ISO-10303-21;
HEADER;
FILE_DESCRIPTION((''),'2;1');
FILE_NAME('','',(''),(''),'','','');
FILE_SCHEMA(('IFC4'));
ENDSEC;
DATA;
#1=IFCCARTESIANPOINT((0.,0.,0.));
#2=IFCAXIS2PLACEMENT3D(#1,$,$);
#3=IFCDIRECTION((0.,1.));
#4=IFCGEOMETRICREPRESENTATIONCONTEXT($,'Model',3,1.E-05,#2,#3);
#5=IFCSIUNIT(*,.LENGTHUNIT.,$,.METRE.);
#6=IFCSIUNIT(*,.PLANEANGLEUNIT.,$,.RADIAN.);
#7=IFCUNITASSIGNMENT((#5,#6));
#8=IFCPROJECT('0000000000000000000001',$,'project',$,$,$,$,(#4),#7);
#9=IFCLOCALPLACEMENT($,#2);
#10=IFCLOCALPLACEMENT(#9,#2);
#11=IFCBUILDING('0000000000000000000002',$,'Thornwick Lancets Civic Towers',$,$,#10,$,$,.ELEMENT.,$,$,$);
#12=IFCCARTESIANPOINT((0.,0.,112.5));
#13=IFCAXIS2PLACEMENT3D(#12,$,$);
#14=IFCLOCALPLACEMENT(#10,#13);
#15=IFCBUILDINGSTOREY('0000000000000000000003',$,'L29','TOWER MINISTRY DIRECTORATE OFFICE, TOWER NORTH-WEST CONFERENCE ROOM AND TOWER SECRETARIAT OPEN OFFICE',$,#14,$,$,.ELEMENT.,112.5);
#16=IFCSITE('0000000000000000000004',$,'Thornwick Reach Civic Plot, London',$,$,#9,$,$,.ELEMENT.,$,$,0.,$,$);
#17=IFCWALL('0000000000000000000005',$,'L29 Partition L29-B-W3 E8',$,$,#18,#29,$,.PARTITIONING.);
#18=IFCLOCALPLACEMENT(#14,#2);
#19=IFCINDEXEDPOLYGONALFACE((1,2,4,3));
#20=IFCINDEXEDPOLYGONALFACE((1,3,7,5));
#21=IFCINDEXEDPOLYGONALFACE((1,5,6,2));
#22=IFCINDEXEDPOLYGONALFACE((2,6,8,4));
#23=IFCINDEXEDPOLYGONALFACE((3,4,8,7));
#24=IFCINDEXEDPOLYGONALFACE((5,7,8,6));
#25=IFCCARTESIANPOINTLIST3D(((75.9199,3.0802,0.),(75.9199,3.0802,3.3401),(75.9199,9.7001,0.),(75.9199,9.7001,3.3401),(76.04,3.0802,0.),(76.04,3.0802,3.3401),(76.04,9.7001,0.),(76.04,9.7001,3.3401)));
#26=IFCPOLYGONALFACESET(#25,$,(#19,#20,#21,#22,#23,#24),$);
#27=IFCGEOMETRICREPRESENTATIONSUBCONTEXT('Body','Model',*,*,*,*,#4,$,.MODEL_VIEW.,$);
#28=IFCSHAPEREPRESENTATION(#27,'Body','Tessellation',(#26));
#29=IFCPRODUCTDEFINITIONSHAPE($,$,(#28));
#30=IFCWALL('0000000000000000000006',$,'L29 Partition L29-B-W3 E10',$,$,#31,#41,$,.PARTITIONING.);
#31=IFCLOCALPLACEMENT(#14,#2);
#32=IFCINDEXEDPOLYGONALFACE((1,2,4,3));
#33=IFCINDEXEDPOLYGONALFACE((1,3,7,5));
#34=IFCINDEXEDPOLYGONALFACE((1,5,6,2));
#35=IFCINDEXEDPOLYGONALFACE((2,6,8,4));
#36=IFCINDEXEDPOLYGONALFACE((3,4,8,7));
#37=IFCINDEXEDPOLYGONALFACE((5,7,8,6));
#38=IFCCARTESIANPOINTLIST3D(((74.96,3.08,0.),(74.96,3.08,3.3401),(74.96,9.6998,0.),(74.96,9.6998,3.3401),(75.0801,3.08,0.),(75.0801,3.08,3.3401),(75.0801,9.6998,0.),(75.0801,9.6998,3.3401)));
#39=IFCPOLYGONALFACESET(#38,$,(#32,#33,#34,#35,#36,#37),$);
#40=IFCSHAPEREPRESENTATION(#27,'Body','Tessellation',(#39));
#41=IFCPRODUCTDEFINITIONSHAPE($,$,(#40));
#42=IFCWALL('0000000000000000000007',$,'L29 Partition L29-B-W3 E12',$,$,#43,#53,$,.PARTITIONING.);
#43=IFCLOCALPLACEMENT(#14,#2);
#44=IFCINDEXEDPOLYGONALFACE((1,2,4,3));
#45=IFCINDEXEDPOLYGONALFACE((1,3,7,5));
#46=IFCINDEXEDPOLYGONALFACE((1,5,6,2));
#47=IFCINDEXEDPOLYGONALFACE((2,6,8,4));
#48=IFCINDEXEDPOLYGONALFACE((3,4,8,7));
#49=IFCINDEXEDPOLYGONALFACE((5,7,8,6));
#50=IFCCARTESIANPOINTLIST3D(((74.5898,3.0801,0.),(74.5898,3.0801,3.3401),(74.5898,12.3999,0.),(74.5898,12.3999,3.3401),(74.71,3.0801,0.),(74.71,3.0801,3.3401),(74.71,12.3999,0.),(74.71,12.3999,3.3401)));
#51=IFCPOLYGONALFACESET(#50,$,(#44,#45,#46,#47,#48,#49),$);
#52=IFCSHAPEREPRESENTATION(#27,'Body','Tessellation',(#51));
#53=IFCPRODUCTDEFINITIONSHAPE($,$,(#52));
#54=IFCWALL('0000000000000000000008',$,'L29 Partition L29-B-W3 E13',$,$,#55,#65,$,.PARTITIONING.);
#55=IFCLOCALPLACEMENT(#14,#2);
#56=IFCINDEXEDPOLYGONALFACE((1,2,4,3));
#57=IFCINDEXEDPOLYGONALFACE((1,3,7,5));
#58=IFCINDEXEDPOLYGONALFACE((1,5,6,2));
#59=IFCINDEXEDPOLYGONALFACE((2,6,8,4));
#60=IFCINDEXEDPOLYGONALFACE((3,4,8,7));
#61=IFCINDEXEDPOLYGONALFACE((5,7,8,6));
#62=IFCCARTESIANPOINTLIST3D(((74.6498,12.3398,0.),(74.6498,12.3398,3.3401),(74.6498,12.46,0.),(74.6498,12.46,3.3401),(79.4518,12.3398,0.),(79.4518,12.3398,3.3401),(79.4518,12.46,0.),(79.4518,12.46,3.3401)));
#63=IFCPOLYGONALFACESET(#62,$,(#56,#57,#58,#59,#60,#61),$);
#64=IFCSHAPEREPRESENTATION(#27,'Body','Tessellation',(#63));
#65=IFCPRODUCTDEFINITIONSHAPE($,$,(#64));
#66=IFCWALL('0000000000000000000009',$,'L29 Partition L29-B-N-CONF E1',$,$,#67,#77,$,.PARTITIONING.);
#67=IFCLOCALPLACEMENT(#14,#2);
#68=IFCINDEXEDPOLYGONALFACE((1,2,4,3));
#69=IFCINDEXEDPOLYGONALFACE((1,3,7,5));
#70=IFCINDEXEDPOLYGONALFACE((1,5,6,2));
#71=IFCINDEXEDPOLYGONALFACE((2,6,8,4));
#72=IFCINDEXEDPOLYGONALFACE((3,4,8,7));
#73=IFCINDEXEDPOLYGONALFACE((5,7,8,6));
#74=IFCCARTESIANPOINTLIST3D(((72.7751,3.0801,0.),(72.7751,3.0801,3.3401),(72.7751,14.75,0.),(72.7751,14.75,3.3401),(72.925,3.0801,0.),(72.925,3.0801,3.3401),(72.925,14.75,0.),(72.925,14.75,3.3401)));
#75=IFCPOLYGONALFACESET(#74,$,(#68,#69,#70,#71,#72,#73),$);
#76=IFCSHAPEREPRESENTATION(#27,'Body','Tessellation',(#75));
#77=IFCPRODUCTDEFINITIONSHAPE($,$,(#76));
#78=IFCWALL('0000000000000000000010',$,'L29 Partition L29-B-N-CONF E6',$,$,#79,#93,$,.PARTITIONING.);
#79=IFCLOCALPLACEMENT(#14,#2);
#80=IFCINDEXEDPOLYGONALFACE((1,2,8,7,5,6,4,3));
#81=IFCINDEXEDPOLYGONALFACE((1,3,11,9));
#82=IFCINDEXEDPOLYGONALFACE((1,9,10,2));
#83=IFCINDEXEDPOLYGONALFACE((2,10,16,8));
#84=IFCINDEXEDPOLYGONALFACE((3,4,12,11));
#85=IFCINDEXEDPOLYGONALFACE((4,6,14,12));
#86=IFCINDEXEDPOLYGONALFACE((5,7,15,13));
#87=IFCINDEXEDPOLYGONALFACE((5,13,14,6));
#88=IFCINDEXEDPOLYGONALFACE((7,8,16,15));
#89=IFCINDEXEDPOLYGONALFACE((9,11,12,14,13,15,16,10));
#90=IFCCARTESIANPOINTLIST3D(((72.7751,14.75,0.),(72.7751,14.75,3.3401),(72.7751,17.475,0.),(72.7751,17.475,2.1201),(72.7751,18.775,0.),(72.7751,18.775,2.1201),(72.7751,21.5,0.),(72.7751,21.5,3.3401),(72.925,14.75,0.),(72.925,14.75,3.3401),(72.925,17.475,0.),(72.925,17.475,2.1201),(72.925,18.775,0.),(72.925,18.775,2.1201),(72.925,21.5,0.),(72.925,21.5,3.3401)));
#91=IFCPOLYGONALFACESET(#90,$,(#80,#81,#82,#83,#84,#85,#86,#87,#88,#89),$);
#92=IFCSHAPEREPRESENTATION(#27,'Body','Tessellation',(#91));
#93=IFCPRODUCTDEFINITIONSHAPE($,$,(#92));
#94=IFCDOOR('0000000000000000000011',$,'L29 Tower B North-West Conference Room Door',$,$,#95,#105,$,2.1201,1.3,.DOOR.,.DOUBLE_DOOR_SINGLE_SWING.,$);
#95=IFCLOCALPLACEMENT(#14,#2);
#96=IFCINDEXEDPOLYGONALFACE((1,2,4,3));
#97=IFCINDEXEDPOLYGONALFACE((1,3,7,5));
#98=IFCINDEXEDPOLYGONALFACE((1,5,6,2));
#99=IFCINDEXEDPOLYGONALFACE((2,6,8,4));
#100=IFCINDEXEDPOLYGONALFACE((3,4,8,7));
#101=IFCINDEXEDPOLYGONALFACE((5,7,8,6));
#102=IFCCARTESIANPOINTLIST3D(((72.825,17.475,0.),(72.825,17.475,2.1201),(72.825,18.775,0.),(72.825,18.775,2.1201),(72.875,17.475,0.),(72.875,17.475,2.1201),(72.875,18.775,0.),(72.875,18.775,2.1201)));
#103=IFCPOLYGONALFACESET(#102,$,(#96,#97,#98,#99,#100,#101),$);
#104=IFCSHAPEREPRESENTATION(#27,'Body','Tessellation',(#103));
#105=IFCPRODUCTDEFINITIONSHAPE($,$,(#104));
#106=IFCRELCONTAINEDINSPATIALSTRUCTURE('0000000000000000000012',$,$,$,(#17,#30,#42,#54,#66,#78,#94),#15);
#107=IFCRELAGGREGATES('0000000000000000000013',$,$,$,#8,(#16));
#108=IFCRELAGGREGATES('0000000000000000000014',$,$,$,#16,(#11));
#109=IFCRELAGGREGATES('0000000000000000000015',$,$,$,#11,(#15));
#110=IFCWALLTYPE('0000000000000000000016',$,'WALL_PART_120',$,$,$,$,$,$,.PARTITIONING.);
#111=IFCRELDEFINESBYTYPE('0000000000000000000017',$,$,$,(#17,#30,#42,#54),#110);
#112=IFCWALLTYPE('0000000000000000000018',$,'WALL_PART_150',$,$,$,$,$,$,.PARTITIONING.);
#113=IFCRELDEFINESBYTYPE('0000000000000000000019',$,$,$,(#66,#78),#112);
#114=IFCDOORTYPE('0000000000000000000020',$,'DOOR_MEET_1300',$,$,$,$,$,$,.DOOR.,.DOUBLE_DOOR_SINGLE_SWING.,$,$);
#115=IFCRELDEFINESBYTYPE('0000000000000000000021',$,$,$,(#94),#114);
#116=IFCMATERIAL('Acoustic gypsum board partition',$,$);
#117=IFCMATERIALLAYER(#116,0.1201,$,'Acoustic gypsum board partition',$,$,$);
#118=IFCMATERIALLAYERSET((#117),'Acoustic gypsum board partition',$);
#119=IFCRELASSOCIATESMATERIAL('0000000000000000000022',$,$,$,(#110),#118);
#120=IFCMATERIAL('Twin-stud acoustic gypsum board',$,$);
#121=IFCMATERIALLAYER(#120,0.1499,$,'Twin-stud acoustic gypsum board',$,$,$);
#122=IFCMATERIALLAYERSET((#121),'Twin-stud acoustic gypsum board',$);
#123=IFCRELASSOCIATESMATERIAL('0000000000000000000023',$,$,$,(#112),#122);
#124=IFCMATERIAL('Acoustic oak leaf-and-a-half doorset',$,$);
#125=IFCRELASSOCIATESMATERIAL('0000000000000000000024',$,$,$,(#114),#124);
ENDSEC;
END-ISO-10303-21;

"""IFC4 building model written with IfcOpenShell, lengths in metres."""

from ifc_helpers import new_model, si_unit, direction, frame, frame_2d, origin, place, context, subcontext, project, spatial, rectangle, extrude, material, layer, layer_set, type_object, element, fill, save


model = new_model("IFC4")

# Units and contexts
model_context = context("Model", 3, precision=1e-05, world=origin(), true_north=direction((0.0, 1.0)))
body_context = subcontext(model_context, "Body", "Model", "MODEL_VIEW")
ifc_project = project(units=[si_unit("LENGTHUNIT", "METRE"), si_unit("PLANEANGLEUNIT", "RADIAN")], contexts=[model_context])

# Site, building, storey
site_placement = place(None, origin())
site = spatial("IfcSite", under=ifc_project, at=site_placement, Name="Thornwick Reach Civic Plot, London", CompositionType="ELEMENT", RefElevation=0.0)
building_placement = place(site_placement, origin())
building = spatial("IfcBuilding", under=site, at=building_placement, Name="Thornwick Lancets Civic Towers", CompositionType="ELEMENT")
storey_placement = place(building_placement, frame((0.0, 0.0, 112.5)))
storey = spatial("IfcBuildingStorey", under=building, at=storey_placement, Name="L29", Description="TOWER MINISTRY DIRECTORATE OFFICE, TOWER NORTH-WEST CONFERENCE ROOM AND TOWER SECRETARIAT OPEN OFFICE", CompositionType="ELEMENT", Elevation=112.5)

# Walls
ifc_material_1 = material(Name="Acoustic gypsum board partition")
ifc_layer_1 = layer(ifc_material_1, 0.1201, Name="Acoustic gypsum board partition")
ifc_layer_set_1 = layer_set([ifc_layer_1], Name="Acoustic gypsum board partition")
wall_type_1 = type_object("IfcWallType", Name="WALL_PART_120", PredefinedType="PARTITIONING", material=ifc_layer_set_1)
for number, where, z_axis, x_axis, name in (
    (1, (75.98, 3.0801, 0.0), (0.0, 0.0, 1.0), (0.0, 1.0, 0.0), "L29 Partition L29-B-W3 E8"),
    (2, (75.02, 9.7, 0.0), (0.0, 0.0, 1.0), (0.0, -1.0, 0.0), "L29 Partition L29-B-W3 E10"),
):
    element("IfcWall", number, at=place(storey_placement, frame(where, z_axis=z_axis, x_axis=x_axis)), inside=storey, type_object=wall_type_1, Name=name, PredefinedType="PARTITIONING", context=body_context, shape_type="SweptSolid", body=[
        extrude(rectangle(XDim=6.6199, YDim=0.1201, at=frame_2d((3.3101, 0.0))), origin(), (0.0, 0.0, 1.0), 3.3401),
    ])
wall_1_placement = place(storey_placement, frame((74.6499, 3.0801, 0.0), z_axis=(0.0, 0.0, 1.0), x_axis=(0.0, 1.0, 0.0)))
element("IfcWall", 3, at=wall_1_placement, inside=storey, type_object=wall_type_1, Name="L29 Partition L29-B-W3 E12", PredefinedType="PARTITIONING", context=body_context, shape_type="SweptSolid", body=[
    extrude(rectangle(XDim=9.3198, YDim=0.1201, at=frame_2d((4.6599, 0.0))), origin(), (0.0, 0.0, 1.0), 3.3401),
])
wall_2_placement = place(storey_placement, frame((74.6499, 12.3999, 0.0), z_axis=(0.0, 0.0, 1.0), x_axis=(1.0, 0.0, 0.0)))
element("IfcWall", 4, at=wall_2_placement, inside=storey, type_object=wall_type_1, Name="L29 Partition L29-B-W3 E13", PredefinedType="PARTITIONING", context=body_context, shape_type="SweptSolid", body=[
    extrude(rectangle(XDim=4.802, YDim=0.1201, at=frame_2d((2.4009, 0.0))), origin(), (0.0, 0.0, 1.0), 3.3401),
])
ifc_material_2 = material(Name="Twin-stud acoustic gypsum board")
ifc_layer_2 = layer(ifc_material_2, 0.1499, Name="Twin-stud acoustic gypsum board")
ifc_layer_set_2 = layer_set([ifc_layer_2], Name="Twin-stud acoustic gypsum board")
wall_type_2 = type_object("IfcWallType", Name="WALL_PART_150", PredefinedType="PARTITIONING", material=ifc_layer_set_2)
wall_3_placement = place(storey_placement, frame((72.8501, 14.75, 0.0), z_axis=(0.0, 0.0, 1.0), x_axis=(0.0, -1.0, 0.0)))
element("IfcWall", 5, at=wall_3_placement, inside=storey, type_object=wall_type_2, Name="L29 Partition L29-B-N-CONF E1", PredefinedType="PARTITIONING", context=body_context, shape_type="SweptSolid", body=[
    extrude(rectangle(XDim=11.6699, YDim=0.1499, at=frame_2d((5.835, 0.0))), origin(), (0.0, 0.0, 1.0), 3.3401),
])

# Wall, opening, door
wall_4_placement = place(storey_placement, frame((72.8501, 21.5, 0.0), z_axis=(0.0, 0.0, 1.0), x_axis=(0.0, -1.0, 0.0)))
wall_4 = element("IfcWall", 6, at=wall_4_placement, inside=storey, type_object=wall_type_2, Name="L29 Partition L29-B-N-CONF E6", PredefinedType="PARTITIONING", context=body_context, shape_type="SweptSolid", body=[
    extrude(rectangle(XDim=6.75, YDim=0.1499, at=frame_2d((3.375, 0.0))), origin(), (0.0, 0.0, 1.0), 3.3401),
])
opening_placement = place(wall_4_placement, frame((2.7251, 0.0, 0.0)))
opening = element("IfcOpeningElement", 7, at=opening_placement, cuts=wall_4, PredefinedType="OPENING", context=body_context, shape_type="SweptSolid", body=[
    extrude(rectangle(XDim=1.3, YDim=2.1201, at=frame_2d((0.6499, 1.0601))), frame((0.0, 0.085, 0.0), z_axis=(0.0, -1.0, 0.0), x_axis=(1.0, 0.0, 0.0)), (0.0, 0.0, 1.0), 0.1699),
])
ifc_material_3 = material(Name="Acoustic oak leaf-and-a-half doorset")
door_type = type_object("IfcDoorType", Name="DOOR_MEET_1300", OperationType="DOUBLE_DOOR_SINGLE_SWING", PredefinedType="DOOR", material=ifc_material_3)
door_placement = place(opening_placement, origin())
door = element("IfcDoor", 8, at=door_placement, inside=storey, type_object=door_type, Name="L29 Tower B North-West Conference Room Door", OperationType="DOUBLE_DOOR_SINGLE_SWING", OverallHeight=2.1201, OverallWidth=1.3, PredefinedType="DOOR", context=body_context, shape_type="SweptSolid", body=[
    extrude(rectangle(XDim=1.3, YDim=2.1201, at=frame_2d((0.6499, 1.0601))), frame((0.0, 0.0249, 0.0), z_axis=(0.0, -1.0, 0.0), x_axis=(1.0, 0.0, 0.0)), (0.0, 0.0, 1.0), 0.05),
])
fill(opening, door)

save(model, "model.ifc")
